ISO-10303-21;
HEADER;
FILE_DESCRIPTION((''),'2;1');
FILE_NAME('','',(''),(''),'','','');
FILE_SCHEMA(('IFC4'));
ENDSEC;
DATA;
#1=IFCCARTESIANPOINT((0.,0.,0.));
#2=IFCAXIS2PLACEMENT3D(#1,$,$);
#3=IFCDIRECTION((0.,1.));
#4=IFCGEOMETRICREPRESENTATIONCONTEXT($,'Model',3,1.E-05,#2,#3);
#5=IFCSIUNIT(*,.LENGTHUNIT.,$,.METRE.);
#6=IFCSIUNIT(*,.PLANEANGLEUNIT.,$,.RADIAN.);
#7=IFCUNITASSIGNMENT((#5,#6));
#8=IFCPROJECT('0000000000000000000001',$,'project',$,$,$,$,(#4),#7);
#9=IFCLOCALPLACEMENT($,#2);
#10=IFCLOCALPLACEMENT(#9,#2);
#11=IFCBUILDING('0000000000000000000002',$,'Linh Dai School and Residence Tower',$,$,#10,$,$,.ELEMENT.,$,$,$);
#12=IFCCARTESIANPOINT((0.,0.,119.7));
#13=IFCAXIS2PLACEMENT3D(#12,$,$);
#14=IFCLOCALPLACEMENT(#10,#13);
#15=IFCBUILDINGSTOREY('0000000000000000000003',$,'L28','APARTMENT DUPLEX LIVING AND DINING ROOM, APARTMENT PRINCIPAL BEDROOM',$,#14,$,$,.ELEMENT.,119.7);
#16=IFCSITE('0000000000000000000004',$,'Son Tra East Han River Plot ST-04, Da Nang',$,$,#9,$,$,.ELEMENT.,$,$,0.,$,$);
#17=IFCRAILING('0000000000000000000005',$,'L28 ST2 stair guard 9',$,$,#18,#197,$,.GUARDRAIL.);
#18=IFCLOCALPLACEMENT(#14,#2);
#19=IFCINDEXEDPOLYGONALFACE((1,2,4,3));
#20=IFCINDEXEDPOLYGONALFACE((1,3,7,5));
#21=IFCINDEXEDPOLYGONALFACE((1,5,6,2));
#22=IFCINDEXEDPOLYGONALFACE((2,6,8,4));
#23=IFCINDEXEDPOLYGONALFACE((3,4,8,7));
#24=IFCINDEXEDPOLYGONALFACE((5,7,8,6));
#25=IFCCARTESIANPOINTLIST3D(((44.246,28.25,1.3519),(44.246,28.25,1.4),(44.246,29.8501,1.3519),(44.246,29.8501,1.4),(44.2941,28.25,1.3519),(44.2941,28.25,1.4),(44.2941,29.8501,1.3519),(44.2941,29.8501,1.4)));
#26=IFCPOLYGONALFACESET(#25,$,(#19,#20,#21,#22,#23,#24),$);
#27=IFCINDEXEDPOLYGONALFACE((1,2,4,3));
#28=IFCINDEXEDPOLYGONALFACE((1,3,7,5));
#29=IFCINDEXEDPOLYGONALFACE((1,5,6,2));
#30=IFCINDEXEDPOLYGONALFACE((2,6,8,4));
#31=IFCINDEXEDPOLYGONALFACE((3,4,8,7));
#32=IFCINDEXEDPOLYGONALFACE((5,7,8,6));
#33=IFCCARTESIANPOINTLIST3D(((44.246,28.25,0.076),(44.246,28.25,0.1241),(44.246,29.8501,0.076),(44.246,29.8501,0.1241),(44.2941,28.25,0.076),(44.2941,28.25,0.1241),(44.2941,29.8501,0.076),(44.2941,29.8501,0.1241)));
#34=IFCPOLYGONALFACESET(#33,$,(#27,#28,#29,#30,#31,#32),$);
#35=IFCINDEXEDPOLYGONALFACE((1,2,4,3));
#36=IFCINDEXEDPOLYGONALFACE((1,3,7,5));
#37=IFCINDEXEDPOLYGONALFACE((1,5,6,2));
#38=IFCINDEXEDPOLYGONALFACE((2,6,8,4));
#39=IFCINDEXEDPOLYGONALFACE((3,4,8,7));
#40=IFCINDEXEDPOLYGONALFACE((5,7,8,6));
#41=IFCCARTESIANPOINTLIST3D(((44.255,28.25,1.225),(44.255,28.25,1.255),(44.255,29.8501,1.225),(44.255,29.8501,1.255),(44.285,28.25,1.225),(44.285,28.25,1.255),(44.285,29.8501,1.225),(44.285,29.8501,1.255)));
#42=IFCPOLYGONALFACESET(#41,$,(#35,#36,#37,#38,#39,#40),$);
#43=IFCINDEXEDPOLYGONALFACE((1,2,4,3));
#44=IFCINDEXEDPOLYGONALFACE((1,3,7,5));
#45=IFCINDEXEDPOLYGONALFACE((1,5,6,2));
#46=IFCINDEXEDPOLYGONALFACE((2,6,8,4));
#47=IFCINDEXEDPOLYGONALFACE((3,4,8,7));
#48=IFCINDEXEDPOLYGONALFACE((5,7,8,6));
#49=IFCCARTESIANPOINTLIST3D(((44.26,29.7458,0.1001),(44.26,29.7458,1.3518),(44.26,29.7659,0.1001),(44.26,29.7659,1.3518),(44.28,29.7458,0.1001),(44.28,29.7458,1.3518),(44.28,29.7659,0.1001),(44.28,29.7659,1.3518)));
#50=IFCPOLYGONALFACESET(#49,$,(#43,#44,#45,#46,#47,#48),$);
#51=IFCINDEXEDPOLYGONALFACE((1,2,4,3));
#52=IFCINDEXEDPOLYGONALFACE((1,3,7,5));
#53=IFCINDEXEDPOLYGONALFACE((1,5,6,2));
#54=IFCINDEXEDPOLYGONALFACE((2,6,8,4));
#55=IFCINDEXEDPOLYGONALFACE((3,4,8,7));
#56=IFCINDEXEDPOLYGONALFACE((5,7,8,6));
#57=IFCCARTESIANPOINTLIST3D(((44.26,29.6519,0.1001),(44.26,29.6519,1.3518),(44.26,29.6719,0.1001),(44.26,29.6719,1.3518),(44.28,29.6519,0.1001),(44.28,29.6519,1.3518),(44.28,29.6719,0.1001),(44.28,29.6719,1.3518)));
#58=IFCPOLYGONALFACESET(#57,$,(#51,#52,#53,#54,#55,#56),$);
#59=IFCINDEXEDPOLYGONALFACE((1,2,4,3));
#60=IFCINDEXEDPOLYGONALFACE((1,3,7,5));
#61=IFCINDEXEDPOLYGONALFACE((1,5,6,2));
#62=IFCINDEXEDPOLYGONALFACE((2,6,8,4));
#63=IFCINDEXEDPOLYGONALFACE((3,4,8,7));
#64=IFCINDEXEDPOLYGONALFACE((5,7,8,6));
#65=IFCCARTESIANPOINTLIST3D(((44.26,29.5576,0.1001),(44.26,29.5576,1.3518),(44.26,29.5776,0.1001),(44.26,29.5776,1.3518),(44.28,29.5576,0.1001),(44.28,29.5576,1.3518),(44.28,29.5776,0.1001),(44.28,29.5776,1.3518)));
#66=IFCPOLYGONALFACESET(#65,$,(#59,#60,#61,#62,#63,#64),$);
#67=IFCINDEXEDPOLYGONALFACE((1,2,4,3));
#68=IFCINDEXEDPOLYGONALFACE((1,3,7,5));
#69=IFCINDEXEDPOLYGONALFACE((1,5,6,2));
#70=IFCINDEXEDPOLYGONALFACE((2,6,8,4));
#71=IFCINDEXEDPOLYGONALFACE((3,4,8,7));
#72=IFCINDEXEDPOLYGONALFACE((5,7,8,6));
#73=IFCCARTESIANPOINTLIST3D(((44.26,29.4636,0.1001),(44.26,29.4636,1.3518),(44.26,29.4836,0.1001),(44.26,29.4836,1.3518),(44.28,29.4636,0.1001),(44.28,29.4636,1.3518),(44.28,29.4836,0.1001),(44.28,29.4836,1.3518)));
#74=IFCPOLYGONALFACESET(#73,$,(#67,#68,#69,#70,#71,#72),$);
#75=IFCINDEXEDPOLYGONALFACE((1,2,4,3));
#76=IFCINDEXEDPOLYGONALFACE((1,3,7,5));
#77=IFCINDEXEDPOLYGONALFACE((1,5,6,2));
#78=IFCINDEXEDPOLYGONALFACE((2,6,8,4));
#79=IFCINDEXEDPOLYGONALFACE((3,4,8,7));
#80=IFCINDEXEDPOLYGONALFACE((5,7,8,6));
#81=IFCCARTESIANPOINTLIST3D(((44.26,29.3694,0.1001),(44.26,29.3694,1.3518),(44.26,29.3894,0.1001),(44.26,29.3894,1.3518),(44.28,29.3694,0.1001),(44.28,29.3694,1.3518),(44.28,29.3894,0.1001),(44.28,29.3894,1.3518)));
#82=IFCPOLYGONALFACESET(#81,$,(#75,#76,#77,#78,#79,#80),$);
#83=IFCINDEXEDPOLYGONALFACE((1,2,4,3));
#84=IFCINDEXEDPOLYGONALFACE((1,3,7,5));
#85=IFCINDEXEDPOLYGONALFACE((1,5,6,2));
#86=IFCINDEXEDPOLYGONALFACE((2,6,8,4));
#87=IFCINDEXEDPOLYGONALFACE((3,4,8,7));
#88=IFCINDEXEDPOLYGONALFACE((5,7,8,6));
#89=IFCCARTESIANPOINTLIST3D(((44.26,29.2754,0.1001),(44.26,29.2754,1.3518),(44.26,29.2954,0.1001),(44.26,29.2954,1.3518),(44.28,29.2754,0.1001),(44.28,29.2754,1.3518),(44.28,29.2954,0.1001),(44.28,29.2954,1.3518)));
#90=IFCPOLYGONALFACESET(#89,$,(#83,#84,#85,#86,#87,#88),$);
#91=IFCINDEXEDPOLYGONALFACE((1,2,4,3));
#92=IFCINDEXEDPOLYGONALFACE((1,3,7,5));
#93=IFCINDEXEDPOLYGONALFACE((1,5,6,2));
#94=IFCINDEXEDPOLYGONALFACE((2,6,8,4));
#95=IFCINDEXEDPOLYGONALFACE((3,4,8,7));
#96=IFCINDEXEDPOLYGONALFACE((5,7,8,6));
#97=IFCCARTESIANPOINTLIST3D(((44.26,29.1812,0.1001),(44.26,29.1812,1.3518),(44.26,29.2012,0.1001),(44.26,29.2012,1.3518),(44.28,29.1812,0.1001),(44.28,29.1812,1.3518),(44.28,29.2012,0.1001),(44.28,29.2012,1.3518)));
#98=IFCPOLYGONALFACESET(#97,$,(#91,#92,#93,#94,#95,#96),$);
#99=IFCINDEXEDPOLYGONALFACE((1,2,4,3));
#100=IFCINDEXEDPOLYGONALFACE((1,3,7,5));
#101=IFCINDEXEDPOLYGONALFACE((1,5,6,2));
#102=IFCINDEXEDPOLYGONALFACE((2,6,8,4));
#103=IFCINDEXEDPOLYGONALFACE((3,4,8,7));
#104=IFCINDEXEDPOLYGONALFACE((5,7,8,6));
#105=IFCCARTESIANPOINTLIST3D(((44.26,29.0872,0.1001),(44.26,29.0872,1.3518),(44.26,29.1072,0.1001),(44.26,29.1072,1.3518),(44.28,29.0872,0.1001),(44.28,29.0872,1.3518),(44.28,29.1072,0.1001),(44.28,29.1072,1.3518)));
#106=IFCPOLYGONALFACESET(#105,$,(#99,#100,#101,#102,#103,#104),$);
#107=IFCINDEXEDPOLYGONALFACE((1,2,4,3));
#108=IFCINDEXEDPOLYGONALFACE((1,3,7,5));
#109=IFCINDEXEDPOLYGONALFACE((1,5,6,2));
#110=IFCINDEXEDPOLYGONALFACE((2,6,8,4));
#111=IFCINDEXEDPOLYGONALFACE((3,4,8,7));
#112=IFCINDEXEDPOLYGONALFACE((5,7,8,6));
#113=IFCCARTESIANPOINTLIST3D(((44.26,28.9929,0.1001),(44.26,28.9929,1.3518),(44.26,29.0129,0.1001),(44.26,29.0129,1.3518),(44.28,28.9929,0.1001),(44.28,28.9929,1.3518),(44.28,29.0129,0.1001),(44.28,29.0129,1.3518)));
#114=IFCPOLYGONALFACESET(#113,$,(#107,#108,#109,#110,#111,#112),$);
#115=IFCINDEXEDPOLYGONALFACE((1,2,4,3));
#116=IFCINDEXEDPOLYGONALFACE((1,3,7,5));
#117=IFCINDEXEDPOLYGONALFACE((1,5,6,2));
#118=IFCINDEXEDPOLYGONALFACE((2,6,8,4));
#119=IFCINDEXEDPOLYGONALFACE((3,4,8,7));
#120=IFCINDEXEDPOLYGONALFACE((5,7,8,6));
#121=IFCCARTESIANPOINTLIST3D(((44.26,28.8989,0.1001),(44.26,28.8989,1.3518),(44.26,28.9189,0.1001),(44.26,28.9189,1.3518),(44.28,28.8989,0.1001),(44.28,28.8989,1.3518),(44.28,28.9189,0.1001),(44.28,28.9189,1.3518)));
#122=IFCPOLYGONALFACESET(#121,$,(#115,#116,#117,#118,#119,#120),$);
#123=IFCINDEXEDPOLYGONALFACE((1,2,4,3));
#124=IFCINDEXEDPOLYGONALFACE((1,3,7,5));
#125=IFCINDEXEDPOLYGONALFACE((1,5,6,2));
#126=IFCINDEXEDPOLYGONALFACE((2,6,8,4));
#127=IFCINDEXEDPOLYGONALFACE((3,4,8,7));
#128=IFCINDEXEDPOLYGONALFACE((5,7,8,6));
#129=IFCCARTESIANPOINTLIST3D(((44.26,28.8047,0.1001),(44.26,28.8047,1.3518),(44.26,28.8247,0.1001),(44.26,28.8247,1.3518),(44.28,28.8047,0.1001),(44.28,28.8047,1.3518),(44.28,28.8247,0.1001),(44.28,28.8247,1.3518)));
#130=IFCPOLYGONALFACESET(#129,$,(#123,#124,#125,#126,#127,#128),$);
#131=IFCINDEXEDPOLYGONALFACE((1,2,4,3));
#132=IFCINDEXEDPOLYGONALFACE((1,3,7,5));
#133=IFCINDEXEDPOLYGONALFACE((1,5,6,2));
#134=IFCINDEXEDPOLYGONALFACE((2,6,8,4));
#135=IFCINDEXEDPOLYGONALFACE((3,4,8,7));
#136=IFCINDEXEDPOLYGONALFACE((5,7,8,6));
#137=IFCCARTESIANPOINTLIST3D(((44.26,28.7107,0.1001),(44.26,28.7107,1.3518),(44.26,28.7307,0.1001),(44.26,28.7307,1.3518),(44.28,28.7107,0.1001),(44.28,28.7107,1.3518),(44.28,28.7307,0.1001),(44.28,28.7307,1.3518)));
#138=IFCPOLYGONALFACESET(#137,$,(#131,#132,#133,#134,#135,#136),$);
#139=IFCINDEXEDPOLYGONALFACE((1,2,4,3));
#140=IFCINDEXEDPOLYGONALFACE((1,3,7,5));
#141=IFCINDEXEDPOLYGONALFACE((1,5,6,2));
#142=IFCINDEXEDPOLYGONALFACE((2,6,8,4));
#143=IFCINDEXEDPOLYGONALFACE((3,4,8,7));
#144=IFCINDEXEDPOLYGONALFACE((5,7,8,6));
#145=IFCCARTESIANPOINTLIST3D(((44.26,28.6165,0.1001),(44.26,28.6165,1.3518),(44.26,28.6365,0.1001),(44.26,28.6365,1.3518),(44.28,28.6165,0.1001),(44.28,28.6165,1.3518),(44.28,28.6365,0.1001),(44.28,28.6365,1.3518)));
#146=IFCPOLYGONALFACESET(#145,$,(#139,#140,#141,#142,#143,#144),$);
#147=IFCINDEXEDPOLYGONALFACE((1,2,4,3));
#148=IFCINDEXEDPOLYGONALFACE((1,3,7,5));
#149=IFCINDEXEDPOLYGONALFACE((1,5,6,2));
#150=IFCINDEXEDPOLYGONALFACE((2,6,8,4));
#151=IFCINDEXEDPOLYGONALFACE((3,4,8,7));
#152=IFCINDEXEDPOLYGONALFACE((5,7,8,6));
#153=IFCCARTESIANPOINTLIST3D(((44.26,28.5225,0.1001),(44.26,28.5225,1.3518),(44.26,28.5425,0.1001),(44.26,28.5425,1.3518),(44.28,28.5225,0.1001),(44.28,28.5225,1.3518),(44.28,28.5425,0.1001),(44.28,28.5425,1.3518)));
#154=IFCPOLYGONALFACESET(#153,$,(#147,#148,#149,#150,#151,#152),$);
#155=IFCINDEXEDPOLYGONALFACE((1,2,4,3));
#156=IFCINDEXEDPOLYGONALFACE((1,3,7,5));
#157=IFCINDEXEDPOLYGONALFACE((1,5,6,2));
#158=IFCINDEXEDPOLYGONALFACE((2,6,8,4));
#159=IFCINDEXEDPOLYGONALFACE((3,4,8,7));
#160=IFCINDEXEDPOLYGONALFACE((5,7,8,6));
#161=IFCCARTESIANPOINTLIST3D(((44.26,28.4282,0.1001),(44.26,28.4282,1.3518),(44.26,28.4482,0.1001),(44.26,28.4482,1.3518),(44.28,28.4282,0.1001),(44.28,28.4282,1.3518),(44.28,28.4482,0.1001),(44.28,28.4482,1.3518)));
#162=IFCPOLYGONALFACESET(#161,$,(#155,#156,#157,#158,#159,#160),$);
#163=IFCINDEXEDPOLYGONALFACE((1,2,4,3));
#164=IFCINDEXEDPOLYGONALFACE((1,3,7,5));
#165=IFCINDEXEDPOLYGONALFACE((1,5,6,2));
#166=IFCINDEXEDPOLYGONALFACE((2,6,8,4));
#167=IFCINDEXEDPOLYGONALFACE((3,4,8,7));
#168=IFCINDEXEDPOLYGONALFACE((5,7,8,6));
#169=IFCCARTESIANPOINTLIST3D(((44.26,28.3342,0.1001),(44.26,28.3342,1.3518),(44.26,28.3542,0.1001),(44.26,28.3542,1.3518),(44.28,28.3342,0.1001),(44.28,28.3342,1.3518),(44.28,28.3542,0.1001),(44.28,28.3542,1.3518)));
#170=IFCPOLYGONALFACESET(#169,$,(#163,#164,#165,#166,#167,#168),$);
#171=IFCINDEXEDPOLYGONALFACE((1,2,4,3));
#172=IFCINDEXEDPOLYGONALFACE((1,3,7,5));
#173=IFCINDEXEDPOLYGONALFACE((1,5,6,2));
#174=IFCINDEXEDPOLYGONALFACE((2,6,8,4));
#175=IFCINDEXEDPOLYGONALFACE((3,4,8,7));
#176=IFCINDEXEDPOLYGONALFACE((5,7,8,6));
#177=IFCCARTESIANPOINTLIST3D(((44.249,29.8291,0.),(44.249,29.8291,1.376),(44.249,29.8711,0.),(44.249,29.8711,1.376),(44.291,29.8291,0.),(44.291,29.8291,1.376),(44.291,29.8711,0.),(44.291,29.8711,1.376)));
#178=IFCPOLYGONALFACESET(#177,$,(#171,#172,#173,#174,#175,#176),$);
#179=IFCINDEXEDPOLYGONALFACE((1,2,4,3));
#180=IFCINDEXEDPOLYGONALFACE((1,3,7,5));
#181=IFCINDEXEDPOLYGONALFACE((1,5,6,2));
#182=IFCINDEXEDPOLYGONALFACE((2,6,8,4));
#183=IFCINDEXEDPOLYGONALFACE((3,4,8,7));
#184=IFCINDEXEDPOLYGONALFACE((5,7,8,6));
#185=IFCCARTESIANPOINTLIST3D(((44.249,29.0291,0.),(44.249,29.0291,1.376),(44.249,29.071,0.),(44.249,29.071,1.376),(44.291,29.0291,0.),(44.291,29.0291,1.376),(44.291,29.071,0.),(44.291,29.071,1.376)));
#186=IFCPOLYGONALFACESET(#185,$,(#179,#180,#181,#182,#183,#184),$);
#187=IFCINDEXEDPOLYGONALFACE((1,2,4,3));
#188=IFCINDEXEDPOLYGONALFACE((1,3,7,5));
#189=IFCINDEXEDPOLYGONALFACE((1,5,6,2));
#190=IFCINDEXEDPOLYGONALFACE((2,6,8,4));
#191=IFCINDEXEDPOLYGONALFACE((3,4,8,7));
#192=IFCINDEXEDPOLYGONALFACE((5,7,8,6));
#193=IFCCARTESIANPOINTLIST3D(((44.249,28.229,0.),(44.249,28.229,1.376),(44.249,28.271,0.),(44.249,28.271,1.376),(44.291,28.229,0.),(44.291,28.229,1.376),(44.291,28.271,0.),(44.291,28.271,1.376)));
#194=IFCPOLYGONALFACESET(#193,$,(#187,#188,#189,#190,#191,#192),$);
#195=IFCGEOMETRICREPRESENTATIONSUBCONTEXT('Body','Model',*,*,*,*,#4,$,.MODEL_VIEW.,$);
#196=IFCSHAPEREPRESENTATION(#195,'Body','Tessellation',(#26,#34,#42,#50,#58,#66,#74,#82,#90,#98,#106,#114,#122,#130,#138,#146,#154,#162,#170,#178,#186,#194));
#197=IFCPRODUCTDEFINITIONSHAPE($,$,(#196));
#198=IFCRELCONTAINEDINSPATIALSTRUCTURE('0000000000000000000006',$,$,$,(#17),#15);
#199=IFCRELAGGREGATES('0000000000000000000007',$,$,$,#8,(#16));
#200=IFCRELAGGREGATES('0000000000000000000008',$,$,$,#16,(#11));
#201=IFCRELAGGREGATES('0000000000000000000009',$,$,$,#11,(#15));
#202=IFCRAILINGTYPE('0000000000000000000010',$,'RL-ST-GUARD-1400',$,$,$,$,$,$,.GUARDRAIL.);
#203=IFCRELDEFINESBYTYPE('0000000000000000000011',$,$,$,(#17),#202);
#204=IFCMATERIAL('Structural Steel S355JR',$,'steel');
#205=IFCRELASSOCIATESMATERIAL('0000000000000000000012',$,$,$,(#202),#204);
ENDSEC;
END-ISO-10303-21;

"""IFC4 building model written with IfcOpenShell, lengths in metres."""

from ifc_helpers import new_model, si_unit, direction, frame, origin, origin_2d, place, context, subcontext, project, spatial, rectangle, extrude, source, transform, mapped, material, type_object, element, save


model = new_model("IFC4")

# Units and contexts
model_context = context("Model", 3, precision=1e-05, world=origin(), true_north=direction((0.0, 1.0)))
body_context = subcontext(model_context, "Body", "Model", "MODEL_VIEW")
ifc_project = project(units=[si_unit("LENGTHUNIT", "METRE"), si_unit("PLANEANGLEUNIT", "RADIAN")], contexts=[model_context])

# Site, building, storey
site_placement = place(None, origin())
site = spatial("IfcSite", under=ifc_project, at=site_placement, Name="Son Tra East Han River Plot ST-04, Da Nang", CompositionType="ELEMENT", RefElevation=0.0)
building_placement = place(site_placement, origin())
building = spatial("IfcBuilding", under=site, at=building_placement, Name="Linh Dai School and Residence Tower", CompositionType="ELEMENT")
storey_placement = place(building_placement, frame((0.0, 0.0, 119.7)))
storey = spatial("IfcBuildingStorey", under=building, at=storey_placement, Name="L28", Description="APARTMENT DUPLEX LIVING AND DINING ROOM, APARTMENT PRINCIPAL BEDROOM", CompositionType="ELEMENT", Elevation=119.7)

# Shared definitions
ifc_material_1 = material(Name="Structural Steel S355JR", Category="steel")

# Railing
railing_type_1 = type_object("IfcRailingType", Name="RL-ST-GUARD-1400", PredefinedType="GUARDRAIL", material=ifc_material_1)
shared_shape_1 = source(origin(), body_context, "Body", "SweptSolid", [
    extrude(rectangle(XDim=0.0481, YDim=0.0481, at=origin_2d()), frame((0.0, 0.0, 1.376), z_axis=(0.0, -1.0, 0.0), x_axis=(1.0, 0.0, 0.0)), (0.0, 0.0, 1.0), 1.6001),
    extrude(rectangle(XDim=0.0481, YDim=0.0481, at=origin_2d()), frame((0.0, 0.0, 0.1001), z_axis=(0.0, -1.0, 0.0), x_axis=(1.0, 0.0, 0.0)), (0.0, 0.0, 1.0), 1.6001),
    extrude(rectangle(XDim=0.03, YDim=0.03, at=origin_2d()), frame((0.0, 0.0, 1.24), z_axis=(0.0, -1.0, 0.0), x_axis=(1.0, 0.0, 0.0)), (0.0, 0.0, 1.0), 1.6001),
    extrude(rectangle(XDim=0.02, YDim=0.02, at=origin_2d()), frame((0.0, -0.0942, 0.1001)), (0.0, 0.0, 1.0), 1.2517),
    extrude(rectangle(XDim=0.02, YDim=0.02, at=origin_2d()), frame((0.0, -0.1882, 0.1001)), (0.0, 0.0, 1.0), 1.2517),
    extrude(rectangle(XDim=0.02, YDim=0.02, at=origin_2d()), frame((0.0, -0.2825, 0.1001)), (0.0, 0.0, 1.0), 1.2517),
    extrude(rectangle(XDim=0.02, YDim=0.02, at=origin_2d()), frame((0.0, -0.3765, 0.1001)), (0.0, 0.0, 1.0), 1.2517),
    extrude(rectangle(XDim=0.02, YDim=0.02, at=origin_2d()), frame((0.0, -0.4707, 0.1001)), (0.0, 0.0, 1.0), 1.2517),
    extrude(rectangle(XDim=0.02, YDim=0.02, at=origin_2d()), frame((0.0, -0.5647, 0.1001)), (0.0, 0.0, 1.0), 1.2517),
    extrude(rectangle(XDim=0.02, YDim=0.02, at=origin_2d()), frame((0.0, -0.6589, 0.1001)), (0.0, 0.0, 1.0), 1.2517),
    extrude(rectangle(XDim=0.02, YDim=0.02, at=origin_2d()), frame((0.0, -0.7529, 0.1001)), (0.0, 0.0, 1.0), 1.2517),
    extrude(rectangle(XDim=0.02, YDim=0.02, at=origin_2d()), frame((0.0, -0.8472, 0.1001)), (0.0, 0.0, 1.0), 1.2517),
    extrude(rectangle(XDim=0.02, YDim=0.02, at=origin_2d()), frame((0.0, -0.9412, 0.1001)), (0.0, 0.0, 1.0), 1.2517),
    extrude(rectangle(XDim=0.02, YDim=0.02, at=origin_2d()), frame((0.0, -1.0354, 0.1001)), (0.0, 0.0, 1.0), 1.2517),
    extrude(rectangle(XDim=0.02, YDim=0.02, at=origin_2d()), frame((0.0, -1.1294, 0.1001)), (0.0, 0.0, 1.0), 1.2517),
    extrude(rectangle(XDim=0.02, YDim=0.02, at=origin_2d()), frame((0.0, -1.2236, 0.1001)), (0.0, 0.0, 1.0), 1.2517),
    extrude(rectangle(XDim=0.02, YDim=0.02, at=origin_2d()), frame((0.0, -1.3176, 0.1001)), (0.0, 0.0, 1.0), 1.2517),
    extrude(rectangle(XDim=0.02, YDim=0.02, at=origin_2d()), frame((0.0, -1.4119, 0.1001)), (0.0, 0.0, 1.0), 1.2517),
    extrude(rectangle(XDim=0.02, YDim=0.02, at=origin_2d()), frame((0.0, -1.5059, 0.1001)), (0.0, 0.0, 1.0), 1.2517),
    extrude(rectangle(XDim=0.042, YDim=0.042, at=origin_2d()), origin(), (0.0, 0.0, 1.0), 1.376),
    extrude(rectangle(XDim=0.042, YDim=0.042, at=origin_2d()), frame((0.0, -0.8, 0.0)), (0.0, 0.0, 1.0), 1.376),
    extrude(rectangle(XDim=0.042, YDim=0.042, at=origin_2d()), frame((0.0, -1.6001, 0.0)), (0.0, 0.0, 1.0), 1.376),
])
for number, where, name in (
    (1, (44.27, 29.8501, 0.0), "L28 ST2 stair guard 9"),
):
    element("IfcRailing", number, at=place(storey_placement, frame(where)), inside=storey, type_object=railing_type_1, Name=name, PredefinedType="GUARDRAIL", context=body_context, shape_type="MappedRepresentation", body=[
        mapped(shared_shape_1, transform((0.0, 0.0, 0.0), x_axis=(1.0, 0.0, 0.0), y_axis=(0.0, 1.0, 0.0), z_axis=(0.0, 0.0, 1.0), scale=1.0)),
    ])

save(model, "model.ifc")
